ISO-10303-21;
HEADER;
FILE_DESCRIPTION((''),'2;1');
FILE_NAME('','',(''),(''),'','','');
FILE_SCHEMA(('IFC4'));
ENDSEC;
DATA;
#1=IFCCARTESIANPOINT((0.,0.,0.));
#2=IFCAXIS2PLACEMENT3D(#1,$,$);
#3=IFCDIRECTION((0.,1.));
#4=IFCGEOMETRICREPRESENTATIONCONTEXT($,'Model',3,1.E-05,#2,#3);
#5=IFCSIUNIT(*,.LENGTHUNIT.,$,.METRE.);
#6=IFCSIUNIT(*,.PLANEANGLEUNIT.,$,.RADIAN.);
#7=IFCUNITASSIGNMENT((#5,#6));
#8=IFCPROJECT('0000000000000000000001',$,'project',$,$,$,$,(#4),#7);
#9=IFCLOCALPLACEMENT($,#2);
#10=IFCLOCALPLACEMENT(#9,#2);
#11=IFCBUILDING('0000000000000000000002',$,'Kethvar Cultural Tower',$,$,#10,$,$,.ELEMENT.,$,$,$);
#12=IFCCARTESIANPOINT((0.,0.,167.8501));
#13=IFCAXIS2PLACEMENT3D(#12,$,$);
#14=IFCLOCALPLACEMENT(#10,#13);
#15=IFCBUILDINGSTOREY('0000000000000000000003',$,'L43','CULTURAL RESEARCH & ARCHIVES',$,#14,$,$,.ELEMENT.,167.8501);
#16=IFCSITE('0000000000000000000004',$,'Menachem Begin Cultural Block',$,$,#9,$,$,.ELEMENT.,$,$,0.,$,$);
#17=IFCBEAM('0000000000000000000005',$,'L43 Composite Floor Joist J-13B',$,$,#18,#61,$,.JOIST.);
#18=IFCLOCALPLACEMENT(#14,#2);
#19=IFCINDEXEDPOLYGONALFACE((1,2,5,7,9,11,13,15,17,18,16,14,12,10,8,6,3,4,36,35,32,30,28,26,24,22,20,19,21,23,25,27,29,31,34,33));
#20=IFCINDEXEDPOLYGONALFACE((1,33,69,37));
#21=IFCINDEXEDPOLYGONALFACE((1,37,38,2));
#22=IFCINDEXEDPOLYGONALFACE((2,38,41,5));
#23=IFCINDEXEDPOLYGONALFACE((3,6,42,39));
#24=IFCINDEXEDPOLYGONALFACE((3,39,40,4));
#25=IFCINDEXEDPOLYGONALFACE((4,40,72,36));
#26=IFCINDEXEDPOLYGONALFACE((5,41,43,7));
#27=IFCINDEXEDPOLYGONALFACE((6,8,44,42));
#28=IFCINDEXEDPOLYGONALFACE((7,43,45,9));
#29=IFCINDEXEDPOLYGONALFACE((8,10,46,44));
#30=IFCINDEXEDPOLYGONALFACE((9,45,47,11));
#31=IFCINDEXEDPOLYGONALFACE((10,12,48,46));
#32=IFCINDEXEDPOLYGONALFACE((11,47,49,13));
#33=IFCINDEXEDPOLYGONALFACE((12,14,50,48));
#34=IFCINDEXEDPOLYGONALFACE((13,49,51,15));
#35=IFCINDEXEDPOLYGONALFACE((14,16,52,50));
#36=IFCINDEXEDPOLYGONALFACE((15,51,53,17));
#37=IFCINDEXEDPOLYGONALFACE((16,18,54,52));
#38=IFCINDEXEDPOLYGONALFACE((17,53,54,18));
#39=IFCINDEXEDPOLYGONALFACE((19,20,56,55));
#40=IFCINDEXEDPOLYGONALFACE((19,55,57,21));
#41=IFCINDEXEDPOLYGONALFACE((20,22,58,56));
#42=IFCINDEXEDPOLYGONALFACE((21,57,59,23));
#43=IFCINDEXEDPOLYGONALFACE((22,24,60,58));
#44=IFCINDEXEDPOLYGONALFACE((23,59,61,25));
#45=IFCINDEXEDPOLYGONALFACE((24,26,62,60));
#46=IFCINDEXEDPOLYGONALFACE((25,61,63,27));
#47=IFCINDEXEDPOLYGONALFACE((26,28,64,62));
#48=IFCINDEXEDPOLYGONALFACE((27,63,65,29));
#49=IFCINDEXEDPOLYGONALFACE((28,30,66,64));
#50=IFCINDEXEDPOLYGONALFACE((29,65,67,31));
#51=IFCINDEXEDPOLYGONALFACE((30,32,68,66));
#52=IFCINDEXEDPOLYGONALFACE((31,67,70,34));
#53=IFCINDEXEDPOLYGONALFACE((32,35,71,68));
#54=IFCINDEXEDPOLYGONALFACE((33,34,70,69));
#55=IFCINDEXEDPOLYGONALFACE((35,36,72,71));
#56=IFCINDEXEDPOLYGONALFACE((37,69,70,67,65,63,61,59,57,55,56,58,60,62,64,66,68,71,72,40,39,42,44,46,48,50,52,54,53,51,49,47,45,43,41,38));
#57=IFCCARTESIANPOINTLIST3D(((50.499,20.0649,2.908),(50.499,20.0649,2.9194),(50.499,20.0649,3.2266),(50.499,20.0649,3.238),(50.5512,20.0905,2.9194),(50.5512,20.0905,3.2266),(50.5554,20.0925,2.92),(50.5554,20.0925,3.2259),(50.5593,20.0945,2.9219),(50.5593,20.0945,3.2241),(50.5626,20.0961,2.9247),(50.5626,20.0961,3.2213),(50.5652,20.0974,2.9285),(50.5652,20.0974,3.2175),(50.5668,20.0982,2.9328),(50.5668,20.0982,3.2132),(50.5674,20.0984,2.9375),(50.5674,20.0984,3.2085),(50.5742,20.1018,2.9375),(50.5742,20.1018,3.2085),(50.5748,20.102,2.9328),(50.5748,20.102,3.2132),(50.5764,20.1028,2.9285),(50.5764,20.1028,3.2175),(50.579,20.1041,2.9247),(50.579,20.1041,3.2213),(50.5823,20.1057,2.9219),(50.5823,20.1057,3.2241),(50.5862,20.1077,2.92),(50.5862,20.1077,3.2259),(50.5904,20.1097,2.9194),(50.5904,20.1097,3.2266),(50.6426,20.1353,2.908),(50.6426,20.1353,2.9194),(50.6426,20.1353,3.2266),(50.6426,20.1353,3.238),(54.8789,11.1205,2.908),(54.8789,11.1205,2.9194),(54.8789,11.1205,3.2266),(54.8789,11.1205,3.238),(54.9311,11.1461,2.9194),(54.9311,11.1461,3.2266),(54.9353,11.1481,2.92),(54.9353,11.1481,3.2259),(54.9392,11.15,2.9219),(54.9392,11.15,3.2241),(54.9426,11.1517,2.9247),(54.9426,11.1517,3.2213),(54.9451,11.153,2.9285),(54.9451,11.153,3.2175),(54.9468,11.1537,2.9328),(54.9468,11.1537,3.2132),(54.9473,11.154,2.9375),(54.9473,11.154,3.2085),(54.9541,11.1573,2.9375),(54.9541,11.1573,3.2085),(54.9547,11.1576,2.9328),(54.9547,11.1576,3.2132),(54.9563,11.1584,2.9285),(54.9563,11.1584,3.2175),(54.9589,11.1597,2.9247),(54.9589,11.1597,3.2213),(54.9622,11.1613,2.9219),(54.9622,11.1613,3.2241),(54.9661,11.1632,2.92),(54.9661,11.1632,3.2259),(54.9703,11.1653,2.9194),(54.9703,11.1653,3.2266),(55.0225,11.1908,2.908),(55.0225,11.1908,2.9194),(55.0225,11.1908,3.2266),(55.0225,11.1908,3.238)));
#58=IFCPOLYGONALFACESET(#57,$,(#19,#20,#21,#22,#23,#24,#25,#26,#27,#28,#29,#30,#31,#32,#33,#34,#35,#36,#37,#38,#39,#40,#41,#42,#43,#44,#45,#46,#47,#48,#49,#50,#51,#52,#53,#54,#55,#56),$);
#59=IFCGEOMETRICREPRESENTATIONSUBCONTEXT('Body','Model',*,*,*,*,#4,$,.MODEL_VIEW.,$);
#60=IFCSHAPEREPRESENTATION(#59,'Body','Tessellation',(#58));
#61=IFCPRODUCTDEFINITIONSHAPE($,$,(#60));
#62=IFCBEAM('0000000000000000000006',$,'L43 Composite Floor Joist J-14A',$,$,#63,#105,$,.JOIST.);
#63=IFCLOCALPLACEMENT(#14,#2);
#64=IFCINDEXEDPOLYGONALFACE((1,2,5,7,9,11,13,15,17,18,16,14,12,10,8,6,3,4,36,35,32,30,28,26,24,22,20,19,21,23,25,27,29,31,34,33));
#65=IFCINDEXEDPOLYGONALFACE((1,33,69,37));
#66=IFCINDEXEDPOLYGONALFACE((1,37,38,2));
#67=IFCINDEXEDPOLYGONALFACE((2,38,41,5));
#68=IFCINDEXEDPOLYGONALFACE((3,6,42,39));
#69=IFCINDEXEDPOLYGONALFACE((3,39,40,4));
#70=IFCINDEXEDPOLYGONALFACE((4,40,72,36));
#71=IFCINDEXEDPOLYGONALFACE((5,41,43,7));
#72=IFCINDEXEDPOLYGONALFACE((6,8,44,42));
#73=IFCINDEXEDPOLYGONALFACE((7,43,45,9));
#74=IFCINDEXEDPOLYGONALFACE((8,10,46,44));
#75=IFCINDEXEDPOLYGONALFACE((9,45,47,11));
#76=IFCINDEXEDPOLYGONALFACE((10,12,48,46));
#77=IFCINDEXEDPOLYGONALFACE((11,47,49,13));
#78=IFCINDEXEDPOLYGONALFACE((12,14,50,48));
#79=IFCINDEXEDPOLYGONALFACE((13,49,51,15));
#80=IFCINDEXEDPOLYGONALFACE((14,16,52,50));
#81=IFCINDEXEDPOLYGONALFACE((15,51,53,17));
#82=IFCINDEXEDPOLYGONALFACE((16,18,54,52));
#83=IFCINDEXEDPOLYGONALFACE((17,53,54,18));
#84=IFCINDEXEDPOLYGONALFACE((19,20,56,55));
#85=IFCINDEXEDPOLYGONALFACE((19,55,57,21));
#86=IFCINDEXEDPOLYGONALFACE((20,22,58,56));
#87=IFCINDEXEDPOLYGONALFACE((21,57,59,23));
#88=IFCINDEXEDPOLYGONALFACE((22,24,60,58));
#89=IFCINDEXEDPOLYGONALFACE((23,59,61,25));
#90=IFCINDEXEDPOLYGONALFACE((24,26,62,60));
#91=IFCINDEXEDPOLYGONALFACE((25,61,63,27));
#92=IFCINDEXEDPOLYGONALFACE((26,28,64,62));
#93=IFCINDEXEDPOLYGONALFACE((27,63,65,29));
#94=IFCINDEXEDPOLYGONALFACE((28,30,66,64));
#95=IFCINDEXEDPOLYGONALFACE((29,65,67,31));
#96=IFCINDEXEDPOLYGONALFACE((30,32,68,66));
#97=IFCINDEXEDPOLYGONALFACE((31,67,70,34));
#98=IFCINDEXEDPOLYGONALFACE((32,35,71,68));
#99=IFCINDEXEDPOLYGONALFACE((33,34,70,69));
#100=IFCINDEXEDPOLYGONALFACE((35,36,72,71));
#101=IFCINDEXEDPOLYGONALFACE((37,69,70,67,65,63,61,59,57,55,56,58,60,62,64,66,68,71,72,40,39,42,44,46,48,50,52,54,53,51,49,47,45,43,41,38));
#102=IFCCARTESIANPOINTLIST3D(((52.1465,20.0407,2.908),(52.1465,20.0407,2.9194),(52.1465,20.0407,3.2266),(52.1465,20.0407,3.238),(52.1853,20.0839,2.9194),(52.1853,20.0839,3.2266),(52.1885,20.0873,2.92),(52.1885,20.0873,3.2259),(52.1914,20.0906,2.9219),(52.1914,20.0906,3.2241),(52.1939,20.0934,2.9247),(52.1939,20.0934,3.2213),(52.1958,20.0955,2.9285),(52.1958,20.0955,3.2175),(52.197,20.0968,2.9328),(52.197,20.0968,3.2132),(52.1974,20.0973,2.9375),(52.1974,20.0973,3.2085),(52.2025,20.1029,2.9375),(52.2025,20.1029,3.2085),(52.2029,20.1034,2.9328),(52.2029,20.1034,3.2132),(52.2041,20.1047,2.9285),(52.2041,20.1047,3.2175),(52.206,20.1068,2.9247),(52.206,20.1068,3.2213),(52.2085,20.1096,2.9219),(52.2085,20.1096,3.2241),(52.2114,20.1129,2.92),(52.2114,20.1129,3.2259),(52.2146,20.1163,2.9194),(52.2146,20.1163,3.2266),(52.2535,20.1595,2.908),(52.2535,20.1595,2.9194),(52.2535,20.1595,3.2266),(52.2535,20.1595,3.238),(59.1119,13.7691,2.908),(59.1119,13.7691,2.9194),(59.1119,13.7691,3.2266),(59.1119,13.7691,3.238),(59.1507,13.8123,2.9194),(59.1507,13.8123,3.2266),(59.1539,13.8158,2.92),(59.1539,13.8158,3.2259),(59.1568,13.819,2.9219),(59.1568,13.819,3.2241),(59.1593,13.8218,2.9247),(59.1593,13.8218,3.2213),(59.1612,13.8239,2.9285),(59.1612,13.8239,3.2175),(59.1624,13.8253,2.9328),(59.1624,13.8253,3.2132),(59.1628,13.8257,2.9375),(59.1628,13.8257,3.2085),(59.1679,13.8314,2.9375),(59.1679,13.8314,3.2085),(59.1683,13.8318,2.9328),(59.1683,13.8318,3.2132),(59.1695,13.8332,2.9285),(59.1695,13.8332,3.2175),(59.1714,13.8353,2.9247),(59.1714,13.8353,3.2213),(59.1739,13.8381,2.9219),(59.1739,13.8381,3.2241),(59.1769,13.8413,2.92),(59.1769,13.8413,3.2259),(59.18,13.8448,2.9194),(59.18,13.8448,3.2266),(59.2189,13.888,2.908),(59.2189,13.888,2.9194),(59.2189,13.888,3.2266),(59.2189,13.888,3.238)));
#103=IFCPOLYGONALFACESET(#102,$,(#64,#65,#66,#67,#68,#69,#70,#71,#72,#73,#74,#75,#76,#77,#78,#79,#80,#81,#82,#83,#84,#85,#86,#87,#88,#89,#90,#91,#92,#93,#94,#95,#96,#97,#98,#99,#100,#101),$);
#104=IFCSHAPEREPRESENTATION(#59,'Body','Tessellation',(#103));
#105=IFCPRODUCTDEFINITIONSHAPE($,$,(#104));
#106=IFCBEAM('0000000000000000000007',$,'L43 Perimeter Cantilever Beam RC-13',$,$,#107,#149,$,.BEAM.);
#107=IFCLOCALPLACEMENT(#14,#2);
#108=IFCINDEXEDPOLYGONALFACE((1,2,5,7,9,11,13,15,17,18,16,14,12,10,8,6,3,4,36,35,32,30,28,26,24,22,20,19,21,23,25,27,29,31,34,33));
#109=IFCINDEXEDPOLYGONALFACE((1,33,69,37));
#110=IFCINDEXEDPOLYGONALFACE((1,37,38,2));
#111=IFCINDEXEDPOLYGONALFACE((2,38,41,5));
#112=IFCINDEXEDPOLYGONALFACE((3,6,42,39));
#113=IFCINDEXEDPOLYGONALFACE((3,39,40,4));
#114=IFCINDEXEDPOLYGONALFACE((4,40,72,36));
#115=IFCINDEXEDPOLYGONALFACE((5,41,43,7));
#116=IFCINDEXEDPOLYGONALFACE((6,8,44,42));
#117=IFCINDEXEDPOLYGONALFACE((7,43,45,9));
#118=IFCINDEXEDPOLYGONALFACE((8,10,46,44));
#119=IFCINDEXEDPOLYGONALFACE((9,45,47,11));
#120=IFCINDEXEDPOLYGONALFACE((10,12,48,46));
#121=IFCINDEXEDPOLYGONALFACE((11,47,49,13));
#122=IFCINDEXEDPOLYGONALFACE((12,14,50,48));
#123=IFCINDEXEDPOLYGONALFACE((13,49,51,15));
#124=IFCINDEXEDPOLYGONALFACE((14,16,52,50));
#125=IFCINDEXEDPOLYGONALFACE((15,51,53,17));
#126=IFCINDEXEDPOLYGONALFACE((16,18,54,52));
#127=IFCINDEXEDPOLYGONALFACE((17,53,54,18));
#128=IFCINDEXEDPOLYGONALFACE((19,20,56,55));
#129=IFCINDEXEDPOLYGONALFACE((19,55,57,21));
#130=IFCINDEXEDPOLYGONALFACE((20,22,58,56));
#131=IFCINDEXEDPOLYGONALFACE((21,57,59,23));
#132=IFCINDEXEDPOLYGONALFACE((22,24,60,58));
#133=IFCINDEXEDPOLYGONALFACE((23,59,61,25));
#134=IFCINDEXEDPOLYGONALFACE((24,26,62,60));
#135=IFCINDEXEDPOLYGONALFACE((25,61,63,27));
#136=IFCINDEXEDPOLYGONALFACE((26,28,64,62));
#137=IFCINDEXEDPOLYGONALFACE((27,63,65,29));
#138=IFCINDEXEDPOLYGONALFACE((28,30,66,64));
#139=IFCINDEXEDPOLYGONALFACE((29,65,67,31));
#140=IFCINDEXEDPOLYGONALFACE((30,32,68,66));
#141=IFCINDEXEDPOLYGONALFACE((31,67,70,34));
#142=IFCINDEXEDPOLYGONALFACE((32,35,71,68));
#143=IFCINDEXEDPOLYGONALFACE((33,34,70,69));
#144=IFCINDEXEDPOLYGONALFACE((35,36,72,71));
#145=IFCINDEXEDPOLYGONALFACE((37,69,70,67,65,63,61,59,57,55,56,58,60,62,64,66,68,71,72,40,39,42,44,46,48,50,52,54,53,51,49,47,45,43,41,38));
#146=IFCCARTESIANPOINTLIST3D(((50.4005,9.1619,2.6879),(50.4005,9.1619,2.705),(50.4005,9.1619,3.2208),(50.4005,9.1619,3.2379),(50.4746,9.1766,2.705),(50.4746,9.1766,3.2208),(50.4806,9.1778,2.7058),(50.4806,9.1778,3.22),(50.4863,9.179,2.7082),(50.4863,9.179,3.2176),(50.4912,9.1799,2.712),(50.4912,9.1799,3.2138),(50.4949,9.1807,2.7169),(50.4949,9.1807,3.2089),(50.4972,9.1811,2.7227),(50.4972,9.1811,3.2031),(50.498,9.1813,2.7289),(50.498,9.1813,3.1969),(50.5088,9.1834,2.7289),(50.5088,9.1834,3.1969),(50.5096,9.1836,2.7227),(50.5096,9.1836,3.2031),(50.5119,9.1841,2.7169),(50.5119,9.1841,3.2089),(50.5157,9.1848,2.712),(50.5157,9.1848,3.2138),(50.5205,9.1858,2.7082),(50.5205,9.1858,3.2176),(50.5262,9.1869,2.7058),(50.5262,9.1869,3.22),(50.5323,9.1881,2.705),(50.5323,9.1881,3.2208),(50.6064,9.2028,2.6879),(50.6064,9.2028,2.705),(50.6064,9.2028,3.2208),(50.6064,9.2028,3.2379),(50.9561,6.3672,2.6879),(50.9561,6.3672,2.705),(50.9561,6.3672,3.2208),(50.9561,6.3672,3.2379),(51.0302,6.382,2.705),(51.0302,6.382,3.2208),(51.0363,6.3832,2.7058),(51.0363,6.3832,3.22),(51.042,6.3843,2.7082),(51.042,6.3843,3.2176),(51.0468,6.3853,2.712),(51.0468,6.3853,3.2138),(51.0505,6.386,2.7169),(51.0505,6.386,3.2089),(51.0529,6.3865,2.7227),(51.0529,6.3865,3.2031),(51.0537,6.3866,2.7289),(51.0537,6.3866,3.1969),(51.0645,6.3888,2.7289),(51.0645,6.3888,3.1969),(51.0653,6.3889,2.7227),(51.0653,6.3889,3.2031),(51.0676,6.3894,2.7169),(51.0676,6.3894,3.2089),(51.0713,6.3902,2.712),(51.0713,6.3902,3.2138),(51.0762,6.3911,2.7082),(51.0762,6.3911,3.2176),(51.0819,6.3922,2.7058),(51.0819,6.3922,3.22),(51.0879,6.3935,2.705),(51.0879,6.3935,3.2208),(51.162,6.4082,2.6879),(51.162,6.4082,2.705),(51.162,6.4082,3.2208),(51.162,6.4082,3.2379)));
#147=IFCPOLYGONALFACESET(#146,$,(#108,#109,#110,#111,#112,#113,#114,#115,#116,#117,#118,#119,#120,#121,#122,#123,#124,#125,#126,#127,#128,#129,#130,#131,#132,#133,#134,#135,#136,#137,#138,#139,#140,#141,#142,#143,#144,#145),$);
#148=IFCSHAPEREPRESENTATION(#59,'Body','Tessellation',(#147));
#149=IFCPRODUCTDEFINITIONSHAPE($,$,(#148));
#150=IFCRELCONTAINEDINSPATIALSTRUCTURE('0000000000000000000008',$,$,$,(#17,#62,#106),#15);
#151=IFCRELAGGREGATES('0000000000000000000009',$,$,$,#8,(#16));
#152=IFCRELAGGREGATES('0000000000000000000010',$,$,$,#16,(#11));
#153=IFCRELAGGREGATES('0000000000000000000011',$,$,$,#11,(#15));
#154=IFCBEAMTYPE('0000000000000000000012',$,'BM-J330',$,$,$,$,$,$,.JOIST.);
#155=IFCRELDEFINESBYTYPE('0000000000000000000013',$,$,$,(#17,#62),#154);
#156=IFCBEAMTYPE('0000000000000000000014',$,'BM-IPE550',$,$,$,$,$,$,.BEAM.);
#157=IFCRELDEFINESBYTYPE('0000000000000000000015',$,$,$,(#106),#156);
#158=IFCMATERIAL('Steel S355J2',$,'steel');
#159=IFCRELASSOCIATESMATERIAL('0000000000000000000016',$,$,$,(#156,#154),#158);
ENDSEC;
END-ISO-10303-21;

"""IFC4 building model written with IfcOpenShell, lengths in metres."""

from ifc_helpers import new_model, si_unit, direction, frame, origin, origin_2d, place, context, subcontext, project, spatial, i_section, extrude, source, transform, mapped, material, material_profile, profile_set, type_object, element, save


model = new_model("IFC4")

# Units and contexts
model_context = context("Model", 3, precision=1e-05, world=origin(), true_north=direction((0.0, 1.0)))
body_context = subcontext(model_context, "Body", "Model", "MODEL_VIEW")
ifc_project = project(units=[si_unit("LENGTHUNIT", "METRE"), si_unit("PLANEANGLEUNIT", "RADIAN")], contexts=[model_context])

# Site, building, storey
site_placement = place(None, origin())
site = spatial("IfcSite", under=ifc_project, at=site_placement, Name="Menachem Begin Cultural Block", CompositionType="ELEMENT", RefElevation=0.0)
building_placement = place(site_placement, origin())
building = spatial("IfcBuilding", under=site, at=building_placement, Name="Kethvar Cultural Tower", CompositionType="ELEMENT")
storey_placement = place(building_placement, frame((0.0, 0.0, 167.8501)))
storey = spatial("IfcBuildingStorey", under=building, at=storey_placement, Name="L43", Description="CULTURAL RESEARCH & ARCHIVES", CompositionType="ELEMENT", Elevation=167.8501)

# Beams
ifc_material_1 = material(Name="Steel S355J2", Category="steel")
ifc_material_profile_1 = material_profile(ifc_material_1, i_section(OverallWidth=0.21, OverallDepth=0.55, WebThickness=0.011, FlangeThickness=0.0171, FilletRadius=0.0239, at=origin_2d()), Name="Steel S355J2 — IPE550")
ifc_profile_set_1 = profile_set([ifc_material_profile_1], Name="Steel S355J2 — IPE550")
beam_type_1 = type_object("IfcBeamType", Name="BM-IPE550", PredefinedType="BEAM", material=ifc_profile_set_1)
ifc_material_profile_2 = material_profile(ifc_material_1, i_section(OverallWidth=0.1599, OverallDepth=0.3301, WebThickness=0.0076, FlangeThickness=0.0115, FilletRadius=0.0181, at=origin_2d()), Name="Steel S355J2 — IPE330")
ifc_profile_set_2 = profile_set([ifc_material_profile_2], Name="Steel S355J2 — IPE330")
beam_type_2 = type_object("IfcBeamType", Name="BM-J330", PredefinedType="JOIST", material=ifc_profile_set_2)
shared_shape_1 = source(origin(), body_context, "Body", "SweptSolid", [
    extrude(i_section(OverallWidth=0.1599, OverallDepth=0.3301, WebThickness=0.0076, FlangeThickness=0.0115, FilletRadius=0.0181, at=origin_2d()), origin(), (0.0, 0.0, 1.0), 9.9592),
])
beam_1_placement = place(storey_placement, frame((50.5708, 20.1001, 3.073), z_axis=(0.439785, -0.898103, 0.0), x_axis=(0.898103, 0.439785, 0.0)))
element("IfcBeam", 1, at=beam_1_placement, inside=storey, type_object=beam_type_2, Name="L43 Composite Floor Joist J-13B", PredefinedType="JOIST", context=body_context, shape_type="MappedRepresentation", body=[
    mapped(shared_shape_1, transform((0.0, 0.0, 0.0), scale=1.0)),
])
shared_shape_2 = source(origin(), body_context, "Body", "SweptSolid", [
    extrude(i_section(OverallWidth=0.1599, OverallDepth=0.3301, WebThickness=0.0076, FlangeThickness=0.0115, FilletRadius=0.0181, at=origin_2d()), origin(), (0.0, 0.0, 1.0), 9.3728),
])
beam_2_placement = place(storey_placement, frame((52.2, 20.1001, 3.073), z_axis=(0.743152, -0.669123, 0.0), x_axis=(0.669123, 0.743152, 0.0)))
element("IfcBeam", 2, at=beam_2_placement, inside=storey, type_object=beam_type_2, Name="L43 Composite Floor Joist J-14A", PredefinedType="JOIST", context=body_context, shape_type="MappedRepresentation", body=[
    mapped(shared_shape_2, transform((0.0, 0.0, 0.0), scale=1.0)),
])
shared_shape_3 = source(origin(), body_context, "Body", "SweptSolid", [
    extrude(i_section(OverallWidth=0.21, OverallDepth=0.55, WebThickness=0.011, FlangeThickness=0.0171, FilletRadius=0.0239, at=origin_2d()), origin(), (0.0, 0.0, 1.0), 2.8494),
])
beam_3_placement = place(storey_placement, frame((50.5034, 9.1824, 2.9629), z_axis=(0.195012, -0.980801, 0.0), x_axis=(0.980801, 0.195012, 0.0)))
element("IfcBeam", 3, at=beam_3_placement, inside=storey, type_object=beam_type_1, Name="L43 Perimeter Cantilever Beam RC-13", PredefinedType="BEAM", context=body_context, shape_type="MappedRepresentation", body=[
    mapped(shared_shape_3, transform((0.0, 0.0, 0.0), scale=1.0)),
])

save(model, "model.ifc")
